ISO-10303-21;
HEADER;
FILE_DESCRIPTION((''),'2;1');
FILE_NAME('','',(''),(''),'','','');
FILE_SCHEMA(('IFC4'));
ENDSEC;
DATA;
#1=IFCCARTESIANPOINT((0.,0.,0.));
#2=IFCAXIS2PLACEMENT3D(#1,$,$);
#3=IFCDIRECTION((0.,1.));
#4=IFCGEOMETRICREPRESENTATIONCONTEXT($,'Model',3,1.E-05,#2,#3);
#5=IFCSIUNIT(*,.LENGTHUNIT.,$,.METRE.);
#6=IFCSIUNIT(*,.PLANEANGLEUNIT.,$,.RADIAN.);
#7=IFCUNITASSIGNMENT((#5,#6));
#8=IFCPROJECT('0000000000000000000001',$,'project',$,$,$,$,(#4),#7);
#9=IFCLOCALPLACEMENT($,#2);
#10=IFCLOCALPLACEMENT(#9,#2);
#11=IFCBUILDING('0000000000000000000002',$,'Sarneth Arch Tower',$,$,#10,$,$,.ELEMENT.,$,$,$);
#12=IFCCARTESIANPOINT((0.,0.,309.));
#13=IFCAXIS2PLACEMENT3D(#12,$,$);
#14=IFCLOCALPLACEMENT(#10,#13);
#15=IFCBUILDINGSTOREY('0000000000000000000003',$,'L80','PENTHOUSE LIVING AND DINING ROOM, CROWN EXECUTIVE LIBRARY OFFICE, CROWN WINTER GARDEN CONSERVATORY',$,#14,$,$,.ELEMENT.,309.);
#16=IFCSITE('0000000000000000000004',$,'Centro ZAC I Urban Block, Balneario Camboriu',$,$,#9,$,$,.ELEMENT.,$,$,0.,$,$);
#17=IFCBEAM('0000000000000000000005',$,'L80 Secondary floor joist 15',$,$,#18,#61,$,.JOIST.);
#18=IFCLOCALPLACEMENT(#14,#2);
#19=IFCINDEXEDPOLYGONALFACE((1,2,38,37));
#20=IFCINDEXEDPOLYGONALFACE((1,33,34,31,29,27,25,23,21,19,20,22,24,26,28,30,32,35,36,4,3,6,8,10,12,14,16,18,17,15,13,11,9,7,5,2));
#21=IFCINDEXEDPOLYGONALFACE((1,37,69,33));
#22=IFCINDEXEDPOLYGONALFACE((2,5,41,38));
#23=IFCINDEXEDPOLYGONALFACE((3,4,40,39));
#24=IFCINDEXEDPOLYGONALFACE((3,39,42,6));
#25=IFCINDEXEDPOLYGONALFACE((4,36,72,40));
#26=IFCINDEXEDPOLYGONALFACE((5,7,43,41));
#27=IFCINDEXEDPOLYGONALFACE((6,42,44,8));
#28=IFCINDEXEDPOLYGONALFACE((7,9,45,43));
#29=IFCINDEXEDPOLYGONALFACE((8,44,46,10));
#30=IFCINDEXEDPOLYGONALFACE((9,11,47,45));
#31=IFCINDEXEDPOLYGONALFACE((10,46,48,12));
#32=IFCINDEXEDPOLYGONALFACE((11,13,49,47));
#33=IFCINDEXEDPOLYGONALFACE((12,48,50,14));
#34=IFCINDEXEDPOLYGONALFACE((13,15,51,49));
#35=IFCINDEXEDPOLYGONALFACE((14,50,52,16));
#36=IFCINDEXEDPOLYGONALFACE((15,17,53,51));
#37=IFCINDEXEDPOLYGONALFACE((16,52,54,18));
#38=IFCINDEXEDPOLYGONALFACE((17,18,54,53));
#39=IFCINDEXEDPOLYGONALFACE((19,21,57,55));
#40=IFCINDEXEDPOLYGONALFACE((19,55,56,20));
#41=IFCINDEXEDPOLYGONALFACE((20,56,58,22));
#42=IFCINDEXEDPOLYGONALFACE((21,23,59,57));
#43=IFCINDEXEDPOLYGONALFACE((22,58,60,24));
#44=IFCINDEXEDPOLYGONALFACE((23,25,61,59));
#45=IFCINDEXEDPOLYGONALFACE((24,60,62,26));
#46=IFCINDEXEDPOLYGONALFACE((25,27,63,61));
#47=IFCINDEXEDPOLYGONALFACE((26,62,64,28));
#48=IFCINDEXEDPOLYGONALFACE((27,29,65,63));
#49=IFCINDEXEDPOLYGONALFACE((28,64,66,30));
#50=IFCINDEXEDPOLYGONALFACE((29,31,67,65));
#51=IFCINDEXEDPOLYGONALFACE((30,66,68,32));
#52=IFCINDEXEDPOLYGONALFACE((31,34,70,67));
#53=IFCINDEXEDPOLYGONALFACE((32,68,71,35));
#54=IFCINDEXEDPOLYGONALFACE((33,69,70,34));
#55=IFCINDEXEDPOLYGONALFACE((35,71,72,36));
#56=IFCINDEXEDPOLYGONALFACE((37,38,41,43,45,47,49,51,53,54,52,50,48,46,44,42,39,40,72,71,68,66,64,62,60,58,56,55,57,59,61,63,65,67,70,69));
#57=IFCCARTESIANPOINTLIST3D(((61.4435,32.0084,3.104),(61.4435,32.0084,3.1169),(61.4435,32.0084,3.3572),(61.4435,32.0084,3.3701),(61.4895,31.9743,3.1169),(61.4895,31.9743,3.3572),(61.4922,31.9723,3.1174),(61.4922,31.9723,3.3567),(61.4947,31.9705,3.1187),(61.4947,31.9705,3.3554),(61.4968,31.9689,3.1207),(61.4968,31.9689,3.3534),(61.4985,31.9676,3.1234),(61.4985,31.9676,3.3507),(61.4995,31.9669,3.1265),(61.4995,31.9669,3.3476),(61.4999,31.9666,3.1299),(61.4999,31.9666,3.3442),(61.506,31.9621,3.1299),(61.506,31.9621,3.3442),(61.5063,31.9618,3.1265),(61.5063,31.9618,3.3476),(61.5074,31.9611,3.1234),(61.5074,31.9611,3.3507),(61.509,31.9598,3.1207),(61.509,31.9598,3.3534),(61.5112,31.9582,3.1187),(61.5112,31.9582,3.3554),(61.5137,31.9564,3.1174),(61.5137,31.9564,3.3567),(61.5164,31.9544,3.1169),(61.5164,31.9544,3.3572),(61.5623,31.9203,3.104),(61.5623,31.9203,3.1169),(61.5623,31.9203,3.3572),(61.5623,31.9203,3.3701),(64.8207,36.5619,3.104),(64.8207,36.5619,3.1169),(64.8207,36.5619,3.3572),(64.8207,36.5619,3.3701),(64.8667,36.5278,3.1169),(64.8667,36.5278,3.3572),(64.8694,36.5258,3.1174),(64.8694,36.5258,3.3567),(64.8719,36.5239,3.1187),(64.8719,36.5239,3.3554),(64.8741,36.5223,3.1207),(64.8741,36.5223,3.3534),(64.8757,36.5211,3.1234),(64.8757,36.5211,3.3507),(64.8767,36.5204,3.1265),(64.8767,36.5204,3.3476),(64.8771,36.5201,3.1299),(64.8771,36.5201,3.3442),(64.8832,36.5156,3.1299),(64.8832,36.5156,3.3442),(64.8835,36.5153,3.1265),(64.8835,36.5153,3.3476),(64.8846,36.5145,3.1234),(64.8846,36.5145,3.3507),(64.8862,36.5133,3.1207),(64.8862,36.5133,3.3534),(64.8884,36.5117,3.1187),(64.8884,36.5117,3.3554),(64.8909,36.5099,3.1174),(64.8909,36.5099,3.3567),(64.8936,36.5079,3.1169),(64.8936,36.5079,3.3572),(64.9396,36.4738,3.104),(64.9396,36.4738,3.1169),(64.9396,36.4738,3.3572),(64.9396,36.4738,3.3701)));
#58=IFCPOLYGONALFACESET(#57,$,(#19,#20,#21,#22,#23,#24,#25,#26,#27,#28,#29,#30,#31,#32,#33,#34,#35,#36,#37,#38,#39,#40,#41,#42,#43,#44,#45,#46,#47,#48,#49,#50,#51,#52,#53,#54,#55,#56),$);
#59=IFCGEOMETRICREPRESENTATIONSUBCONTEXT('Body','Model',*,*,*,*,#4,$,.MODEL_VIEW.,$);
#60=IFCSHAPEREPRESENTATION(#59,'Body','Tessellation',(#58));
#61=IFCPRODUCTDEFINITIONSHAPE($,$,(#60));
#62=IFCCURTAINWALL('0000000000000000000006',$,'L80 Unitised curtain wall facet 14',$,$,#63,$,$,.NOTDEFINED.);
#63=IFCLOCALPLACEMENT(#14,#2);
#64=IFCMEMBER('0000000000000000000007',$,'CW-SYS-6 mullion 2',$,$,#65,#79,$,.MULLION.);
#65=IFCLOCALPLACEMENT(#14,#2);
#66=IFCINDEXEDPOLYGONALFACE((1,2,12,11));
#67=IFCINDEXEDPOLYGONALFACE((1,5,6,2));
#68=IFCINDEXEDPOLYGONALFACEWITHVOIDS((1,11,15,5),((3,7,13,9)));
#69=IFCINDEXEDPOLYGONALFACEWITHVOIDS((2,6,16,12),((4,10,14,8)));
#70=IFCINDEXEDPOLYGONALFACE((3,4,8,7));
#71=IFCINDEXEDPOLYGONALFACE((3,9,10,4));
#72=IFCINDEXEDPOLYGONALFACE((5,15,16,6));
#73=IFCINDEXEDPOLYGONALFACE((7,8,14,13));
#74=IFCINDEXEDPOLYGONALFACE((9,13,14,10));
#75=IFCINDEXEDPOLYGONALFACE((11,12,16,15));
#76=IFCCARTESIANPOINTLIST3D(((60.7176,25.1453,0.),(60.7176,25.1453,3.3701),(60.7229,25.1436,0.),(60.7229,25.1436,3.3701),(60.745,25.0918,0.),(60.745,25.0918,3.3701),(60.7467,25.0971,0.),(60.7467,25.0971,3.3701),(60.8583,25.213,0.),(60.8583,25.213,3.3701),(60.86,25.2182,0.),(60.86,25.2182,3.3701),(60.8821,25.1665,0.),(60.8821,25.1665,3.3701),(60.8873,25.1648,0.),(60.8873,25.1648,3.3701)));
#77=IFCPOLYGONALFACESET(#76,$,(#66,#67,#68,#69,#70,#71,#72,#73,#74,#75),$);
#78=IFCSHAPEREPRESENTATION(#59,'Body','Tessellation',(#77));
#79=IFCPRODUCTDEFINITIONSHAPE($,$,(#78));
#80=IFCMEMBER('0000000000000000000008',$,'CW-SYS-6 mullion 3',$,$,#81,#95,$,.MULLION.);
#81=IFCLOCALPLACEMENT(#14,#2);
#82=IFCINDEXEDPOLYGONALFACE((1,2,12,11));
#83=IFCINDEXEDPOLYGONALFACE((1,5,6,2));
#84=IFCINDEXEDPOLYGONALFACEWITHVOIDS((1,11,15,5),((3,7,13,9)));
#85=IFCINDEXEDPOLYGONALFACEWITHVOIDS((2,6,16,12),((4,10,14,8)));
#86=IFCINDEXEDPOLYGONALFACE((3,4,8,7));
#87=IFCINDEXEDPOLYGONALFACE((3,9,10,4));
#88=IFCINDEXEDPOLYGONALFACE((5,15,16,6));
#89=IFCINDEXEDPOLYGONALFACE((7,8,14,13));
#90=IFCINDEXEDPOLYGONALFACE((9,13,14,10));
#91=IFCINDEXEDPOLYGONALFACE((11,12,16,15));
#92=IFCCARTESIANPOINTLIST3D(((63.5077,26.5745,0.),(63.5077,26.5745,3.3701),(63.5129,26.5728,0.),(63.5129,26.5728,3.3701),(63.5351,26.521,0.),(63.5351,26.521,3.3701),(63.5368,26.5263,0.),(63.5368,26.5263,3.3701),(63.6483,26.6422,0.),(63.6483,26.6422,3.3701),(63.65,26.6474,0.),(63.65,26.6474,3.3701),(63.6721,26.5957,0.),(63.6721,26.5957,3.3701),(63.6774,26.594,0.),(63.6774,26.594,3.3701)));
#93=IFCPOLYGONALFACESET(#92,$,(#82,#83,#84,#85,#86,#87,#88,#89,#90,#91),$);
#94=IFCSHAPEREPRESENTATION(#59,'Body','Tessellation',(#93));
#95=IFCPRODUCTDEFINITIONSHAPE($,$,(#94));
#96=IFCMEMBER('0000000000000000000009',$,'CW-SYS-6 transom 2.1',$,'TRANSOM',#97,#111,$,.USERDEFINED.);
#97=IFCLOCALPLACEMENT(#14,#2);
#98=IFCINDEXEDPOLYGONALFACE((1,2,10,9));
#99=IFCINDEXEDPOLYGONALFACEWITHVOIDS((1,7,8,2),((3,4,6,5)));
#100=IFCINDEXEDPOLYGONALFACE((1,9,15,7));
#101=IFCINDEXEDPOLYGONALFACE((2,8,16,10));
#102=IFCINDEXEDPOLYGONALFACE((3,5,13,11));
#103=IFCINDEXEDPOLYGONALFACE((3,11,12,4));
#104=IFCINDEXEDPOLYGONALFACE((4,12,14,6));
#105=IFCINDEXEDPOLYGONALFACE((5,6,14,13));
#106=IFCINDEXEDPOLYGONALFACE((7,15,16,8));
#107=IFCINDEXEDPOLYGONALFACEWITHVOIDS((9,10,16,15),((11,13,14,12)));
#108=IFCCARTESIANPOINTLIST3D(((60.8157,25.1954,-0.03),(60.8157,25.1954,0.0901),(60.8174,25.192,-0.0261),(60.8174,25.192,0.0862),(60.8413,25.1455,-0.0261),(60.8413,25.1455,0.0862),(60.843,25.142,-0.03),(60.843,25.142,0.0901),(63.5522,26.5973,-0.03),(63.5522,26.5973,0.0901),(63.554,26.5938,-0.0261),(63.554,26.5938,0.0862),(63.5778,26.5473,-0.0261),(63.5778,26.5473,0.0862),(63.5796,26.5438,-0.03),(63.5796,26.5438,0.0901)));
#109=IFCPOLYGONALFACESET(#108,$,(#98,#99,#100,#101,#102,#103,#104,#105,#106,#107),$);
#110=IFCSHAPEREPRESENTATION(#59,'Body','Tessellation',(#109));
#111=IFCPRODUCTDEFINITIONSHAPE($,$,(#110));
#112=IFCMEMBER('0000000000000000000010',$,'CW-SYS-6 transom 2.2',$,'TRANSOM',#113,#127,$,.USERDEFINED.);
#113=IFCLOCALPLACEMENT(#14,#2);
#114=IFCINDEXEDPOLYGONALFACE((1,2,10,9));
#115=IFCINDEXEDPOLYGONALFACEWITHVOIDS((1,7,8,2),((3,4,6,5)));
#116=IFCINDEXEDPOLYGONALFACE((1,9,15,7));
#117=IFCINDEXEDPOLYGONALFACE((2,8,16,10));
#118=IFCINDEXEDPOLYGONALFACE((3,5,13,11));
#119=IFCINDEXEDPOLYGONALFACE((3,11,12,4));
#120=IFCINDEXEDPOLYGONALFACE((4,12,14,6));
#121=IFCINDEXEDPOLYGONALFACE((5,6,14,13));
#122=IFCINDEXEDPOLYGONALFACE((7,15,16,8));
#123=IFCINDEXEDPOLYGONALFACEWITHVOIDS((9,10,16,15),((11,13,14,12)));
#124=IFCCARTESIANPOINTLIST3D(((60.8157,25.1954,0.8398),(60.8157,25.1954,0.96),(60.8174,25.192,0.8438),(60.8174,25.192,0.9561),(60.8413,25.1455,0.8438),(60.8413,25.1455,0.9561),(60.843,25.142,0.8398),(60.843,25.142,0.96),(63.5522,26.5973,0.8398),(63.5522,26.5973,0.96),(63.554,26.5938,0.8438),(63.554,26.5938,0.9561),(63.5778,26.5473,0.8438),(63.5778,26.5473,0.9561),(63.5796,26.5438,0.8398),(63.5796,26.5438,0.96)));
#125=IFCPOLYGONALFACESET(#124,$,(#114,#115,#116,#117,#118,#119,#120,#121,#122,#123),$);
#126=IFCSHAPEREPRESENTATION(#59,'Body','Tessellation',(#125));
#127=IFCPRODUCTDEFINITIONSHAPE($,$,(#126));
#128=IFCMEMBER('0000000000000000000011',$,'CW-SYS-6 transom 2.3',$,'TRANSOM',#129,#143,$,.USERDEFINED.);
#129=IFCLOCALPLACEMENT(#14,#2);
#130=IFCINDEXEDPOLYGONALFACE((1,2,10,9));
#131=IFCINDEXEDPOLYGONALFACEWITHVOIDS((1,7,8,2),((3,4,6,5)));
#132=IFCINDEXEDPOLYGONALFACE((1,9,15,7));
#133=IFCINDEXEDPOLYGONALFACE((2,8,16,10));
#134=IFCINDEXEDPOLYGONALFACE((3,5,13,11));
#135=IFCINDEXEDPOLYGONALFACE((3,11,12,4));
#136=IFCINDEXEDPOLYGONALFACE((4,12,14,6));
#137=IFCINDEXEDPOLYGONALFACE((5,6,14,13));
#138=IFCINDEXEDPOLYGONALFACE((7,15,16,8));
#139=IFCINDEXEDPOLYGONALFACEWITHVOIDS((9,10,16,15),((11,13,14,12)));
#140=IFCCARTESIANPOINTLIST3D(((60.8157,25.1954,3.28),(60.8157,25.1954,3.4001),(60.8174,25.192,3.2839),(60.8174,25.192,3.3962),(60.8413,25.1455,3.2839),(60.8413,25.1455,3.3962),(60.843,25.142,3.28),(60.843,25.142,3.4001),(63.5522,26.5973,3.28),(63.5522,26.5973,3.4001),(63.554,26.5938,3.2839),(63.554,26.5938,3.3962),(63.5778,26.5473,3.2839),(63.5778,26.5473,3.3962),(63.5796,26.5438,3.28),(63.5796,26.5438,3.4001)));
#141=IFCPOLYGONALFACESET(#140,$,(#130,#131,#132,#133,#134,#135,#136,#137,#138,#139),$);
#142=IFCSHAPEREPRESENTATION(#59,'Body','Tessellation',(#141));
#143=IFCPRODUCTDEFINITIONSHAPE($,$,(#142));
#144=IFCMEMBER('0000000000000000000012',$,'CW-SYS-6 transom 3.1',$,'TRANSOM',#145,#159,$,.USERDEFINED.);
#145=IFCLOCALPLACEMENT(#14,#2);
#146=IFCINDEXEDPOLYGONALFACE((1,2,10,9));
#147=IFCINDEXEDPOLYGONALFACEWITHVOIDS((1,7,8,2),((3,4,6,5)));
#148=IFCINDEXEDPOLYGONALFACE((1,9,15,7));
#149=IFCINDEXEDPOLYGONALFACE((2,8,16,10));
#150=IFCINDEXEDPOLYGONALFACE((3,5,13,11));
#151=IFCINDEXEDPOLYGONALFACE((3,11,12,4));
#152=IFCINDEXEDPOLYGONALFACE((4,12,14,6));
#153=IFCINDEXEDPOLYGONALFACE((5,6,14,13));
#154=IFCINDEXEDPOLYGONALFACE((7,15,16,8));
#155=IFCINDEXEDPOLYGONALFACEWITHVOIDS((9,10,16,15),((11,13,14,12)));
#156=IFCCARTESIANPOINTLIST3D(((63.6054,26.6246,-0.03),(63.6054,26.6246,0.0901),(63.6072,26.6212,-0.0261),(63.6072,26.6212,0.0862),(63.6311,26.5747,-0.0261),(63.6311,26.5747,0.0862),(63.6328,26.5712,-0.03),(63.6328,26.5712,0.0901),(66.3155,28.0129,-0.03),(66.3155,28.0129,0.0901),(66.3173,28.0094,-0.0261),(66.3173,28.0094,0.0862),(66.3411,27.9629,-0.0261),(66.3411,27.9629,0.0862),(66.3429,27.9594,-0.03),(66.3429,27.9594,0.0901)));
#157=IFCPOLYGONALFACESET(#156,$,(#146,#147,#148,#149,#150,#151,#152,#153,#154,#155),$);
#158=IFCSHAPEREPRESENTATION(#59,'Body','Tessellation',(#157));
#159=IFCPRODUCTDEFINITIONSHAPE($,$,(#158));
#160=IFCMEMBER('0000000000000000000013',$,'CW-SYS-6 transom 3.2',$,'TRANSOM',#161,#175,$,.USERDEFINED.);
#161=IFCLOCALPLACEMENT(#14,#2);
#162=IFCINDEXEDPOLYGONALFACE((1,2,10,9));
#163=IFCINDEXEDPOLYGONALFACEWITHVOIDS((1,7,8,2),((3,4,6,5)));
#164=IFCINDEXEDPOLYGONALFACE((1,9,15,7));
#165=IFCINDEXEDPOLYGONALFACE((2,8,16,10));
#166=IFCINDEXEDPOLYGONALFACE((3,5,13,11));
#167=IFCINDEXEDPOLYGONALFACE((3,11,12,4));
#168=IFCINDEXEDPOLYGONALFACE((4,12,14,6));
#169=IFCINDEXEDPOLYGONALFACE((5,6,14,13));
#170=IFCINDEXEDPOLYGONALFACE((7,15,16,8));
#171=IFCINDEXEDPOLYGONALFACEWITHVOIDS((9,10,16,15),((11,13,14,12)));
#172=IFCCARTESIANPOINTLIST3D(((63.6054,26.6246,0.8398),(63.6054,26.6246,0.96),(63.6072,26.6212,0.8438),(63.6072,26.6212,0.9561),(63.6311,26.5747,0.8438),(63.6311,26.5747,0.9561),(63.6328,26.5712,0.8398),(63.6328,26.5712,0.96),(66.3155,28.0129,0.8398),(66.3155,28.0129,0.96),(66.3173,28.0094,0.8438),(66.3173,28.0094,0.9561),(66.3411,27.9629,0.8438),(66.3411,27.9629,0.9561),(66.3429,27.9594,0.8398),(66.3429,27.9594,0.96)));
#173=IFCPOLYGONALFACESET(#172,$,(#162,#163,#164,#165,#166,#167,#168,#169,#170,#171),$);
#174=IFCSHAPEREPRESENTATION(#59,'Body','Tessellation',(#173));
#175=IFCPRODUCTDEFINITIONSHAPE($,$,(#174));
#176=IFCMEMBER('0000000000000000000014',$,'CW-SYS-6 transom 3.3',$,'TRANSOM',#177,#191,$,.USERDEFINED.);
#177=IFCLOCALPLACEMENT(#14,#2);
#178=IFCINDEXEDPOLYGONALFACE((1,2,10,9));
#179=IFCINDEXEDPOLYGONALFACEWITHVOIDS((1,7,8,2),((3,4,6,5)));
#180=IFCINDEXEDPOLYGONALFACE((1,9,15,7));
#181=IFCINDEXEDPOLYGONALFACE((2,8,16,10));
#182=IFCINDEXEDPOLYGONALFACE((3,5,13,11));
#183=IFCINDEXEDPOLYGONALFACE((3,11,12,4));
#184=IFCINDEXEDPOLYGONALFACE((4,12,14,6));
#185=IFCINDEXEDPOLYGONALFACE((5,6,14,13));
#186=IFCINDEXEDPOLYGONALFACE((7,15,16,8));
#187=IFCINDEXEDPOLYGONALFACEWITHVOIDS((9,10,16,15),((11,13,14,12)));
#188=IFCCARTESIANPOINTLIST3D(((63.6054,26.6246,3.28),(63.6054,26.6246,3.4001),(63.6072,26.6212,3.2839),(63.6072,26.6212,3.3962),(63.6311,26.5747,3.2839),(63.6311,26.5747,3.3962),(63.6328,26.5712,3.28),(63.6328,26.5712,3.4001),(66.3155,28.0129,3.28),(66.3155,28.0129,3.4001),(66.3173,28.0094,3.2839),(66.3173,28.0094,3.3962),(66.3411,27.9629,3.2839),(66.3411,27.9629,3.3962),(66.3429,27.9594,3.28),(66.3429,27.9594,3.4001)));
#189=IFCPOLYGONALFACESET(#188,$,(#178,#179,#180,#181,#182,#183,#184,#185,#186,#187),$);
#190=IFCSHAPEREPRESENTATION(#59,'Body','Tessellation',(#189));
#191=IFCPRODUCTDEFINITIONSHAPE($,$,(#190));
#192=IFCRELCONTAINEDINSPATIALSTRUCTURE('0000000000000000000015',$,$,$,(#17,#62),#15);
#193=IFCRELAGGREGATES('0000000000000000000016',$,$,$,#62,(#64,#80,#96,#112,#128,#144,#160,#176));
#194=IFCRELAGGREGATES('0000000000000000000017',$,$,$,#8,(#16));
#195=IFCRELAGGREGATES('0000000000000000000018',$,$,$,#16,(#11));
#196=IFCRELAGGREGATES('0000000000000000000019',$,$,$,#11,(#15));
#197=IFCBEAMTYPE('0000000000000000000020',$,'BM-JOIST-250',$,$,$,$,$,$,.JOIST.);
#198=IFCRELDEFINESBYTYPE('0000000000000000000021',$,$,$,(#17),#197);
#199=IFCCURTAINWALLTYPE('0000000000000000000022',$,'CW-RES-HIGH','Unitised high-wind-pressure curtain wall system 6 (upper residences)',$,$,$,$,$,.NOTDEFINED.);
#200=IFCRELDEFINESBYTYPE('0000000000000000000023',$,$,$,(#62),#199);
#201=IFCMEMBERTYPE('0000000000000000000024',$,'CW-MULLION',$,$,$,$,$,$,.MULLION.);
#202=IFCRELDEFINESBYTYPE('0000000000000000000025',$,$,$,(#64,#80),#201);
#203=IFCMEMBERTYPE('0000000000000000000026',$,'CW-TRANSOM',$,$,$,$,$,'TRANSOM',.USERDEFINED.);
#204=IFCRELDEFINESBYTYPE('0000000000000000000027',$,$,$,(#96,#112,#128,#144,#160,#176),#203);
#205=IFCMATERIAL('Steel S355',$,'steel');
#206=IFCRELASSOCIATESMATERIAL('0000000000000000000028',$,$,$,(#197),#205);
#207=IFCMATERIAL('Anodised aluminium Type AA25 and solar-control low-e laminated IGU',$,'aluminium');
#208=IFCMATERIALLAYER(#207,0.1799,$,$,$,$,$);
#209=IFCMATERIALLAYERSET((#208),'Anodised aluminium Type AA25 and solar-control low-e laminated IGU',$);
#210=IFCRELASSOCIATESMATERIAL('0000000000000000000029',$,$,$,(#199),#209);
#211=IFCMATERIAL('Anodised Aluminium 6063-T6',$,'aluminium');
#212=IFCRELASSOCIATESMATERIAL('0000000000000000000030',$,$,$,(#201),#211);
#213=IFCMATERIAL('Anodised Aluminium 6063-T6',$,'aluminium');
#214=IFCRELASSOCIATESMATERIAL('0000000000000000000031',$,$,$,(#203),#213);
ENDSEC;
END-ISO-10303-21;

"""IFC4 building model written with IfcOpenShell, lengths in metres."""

from ifc_helpers import new_model, si_unit, direction, frame, origin, origin_2d, place, context, subcontext, project, spatial, hollow_rectangle, i_section, extrude, material, layer, layer_set, material_profile, profile_set, type_object, element, aggregate, save


model = new_model("IFC4")

# Units and contexts
model_context = context("Model", 3, precision=1e-05, world=origin(), true_north=direction((0.0, 1.0)))
body_context = subcontext(model_context, "Body", "Model", "MODEL_VIEW")
ifc_project = project(units=[si_unit("LENGTHUNIT", "METRE"), si_unit("PLANEANGLEUNIT", "RADIAN")], contexts=[model_context])

# Site, building, storey
site_placement = place(None, origin())
site = spatial("IfcSite", under=ifc_project, at=site_placement, Name="Centro ZAC I Urban Block, Balneario Camboriu", CompositionType="ELEMENT", RefElevation=0.0)
building_placement = place(site_placement, origin())
building = spatial("IfcBuilding", under=site, at=building_placement, Name="Sarneth Arch Tower", CompositionType="ELEMENT")
storey_placement = place(building_placement, frame((0.0, 0.0, 309.0)))
storey = spatial("IfcBuildingStorey", under=building, at=storey_placement, Name="L80", Description="PENTHOUSE LIVING AND DINING ROOM, CROWN EXECUTIVE LIBRARY OFFICE, CROWN WINTER GARDEN CONSERVATORY", CompositionType="ELEMENT", Elevation=309.0)

# Beam
ifc_material_1 = material(Name="Steel S355", Category="steel")
ifc_material_profile_1 = material_profile(ifc_material_1, i_section(OverallWidth=0.1479, OverallDepth=0.2661, WebThickness=0.0076, FlangeThickness=0.0129, FilletRadius=0.0129, at=origin_2d()), Name="W250x44.8")
ifc_profile_set_1 = profile_set([ifc_material_profile_1], Name="Steel S355")
beam_type = type_object("IfcBeamType", Name="BM-JOIST-250", PredefinedType="JOIST", material=ifc_profile_set_1)
beam_placement = place(storey_placement, frame((61.5029, 31.9644, 3.2371), z_axis=(0.595713, 0.803198, 0.0), x_axis=(-0.803198, 0.595713, 0.0)))
element("IfcBeam", 1, at=beam_placement, inside=storey, type_object=beam_type, Name="L80 Secondary floor joist 15", PredefinedType="JOIST", context=body_context, shape_type="SweptSolid", body=[
    extrude(i_section(OverallWidth=0.1479, OverallDepth=0.2661, WebThickness=0.0076, FlangeThickness=0.0129, FilletRadius=0.0129, at=origin_2d()), origin(), (0.0, 0.0, 1.0), 5.6692),
])

# Curtain wall, members
ifc_material_2 = material(Name="Anodised aluminium Type AA25 and solar-control low-e laminated IGU", Category="aluminium")
ifc_layer_1 = layer(ifc_material_2, 0.1799)
ifc_layer_set_1 = layer_set([ifc_layer_1], Name="Anodised aluminium Type AA25 and solar-control low-e laminated IGU")
curtain_wall_type = type_object("IfcCurtainWallType", Name="CW-RES-HIGH", Description="Unitised high-wind-pressure curtain wall system 6 (upper residences)", PredefinedType="NOTDEFINED", material=ifc_layer_set_1)
curtain_wall_placement = place(storey_placement, origin())
curtain_wall = element("IfcCurtainWall", 2, at=curtain_wall_placement, inside=storey, type_object=curtain_wall_type, Name="L80 Unitised curtain wall facet 14", PredefinedType="NOTDEFINED")
ifc_material_3 = material(Name="Anodised Aluminium 6063-T6", Category="aluminium")
ifc_material_profile_2 = material_profile(ifc_material_3, hollow_rectangle(XDim=0.0601, YDim=0.1599, WallThickness=0.0039, at=origin_2d()), Name="AL-MULL-160x60x4")
ifc_profile_set_2 = profile_set([ifc_material_profile_2], Name="Anodised Aluminium 6063-T6")
member_type_1 = type_object("IfcMemberType", Name="CW-MULLION", PredefinedType="MULLION", material=ifc_profile_set_2)
member_1_placement = place(storey_placement, frame((60.8025, 25.155, 0.0), z_axis=(0.0, 0.0, 1.0), x_axis=(-0.455942, 0.89001, 0.0)))
member_1 = element("IfcMember", 3, at=member_1_placement, type_object=member_type_1, Name="CW-SYS-6 mullion 2", PredefinedType="MULLION", context=body_context, shape_type="SweptSolid", body=[
    extrude(hollow_rectangle(XDim=0.0601, YDim=0.1599, WallThickness=0.0039, at=origin_2d()), origin(), (0.0, 0.0, 1.0), 3.3701),
])
member_2_placement = place(storey_placement, frame((63.5925, 26.5842, 0.0), z_axis=(0.0, 0.0, 1.0), x_axis=(-0.455942, 0.89001, 0.0)))
member_2 = element("IfcMember", 4, at=member_2_placement, type_object=member_type_1, Name="CW-SYS-6 mullion 3", PredefinedType="MULLION", context=body_context, shape_type="SweptSolid", body=[
    extrude(hollow_rectangle(XDim=0.0601, YDim=0.1599, WallThickness=0.0039, at=origin_2d()), origin(), (0.0, 0.0, 1.0), 3.3701),
])
ifc_material_4 = material(Name="Anodised Aluminium 6063-T6", Category="aluminium")
ifc_material_profile_3 = material_profile(ifc_material_4, hollow_rectangle(XDim=0.0601, YDim=0.1201, WallThickness=0.0039, at=origin_2d()), Name="AL-TRAN-120x60x4")
ifc_profile_set_3 = profile_set([ifc_material_profile_3], Name="Anodised Aluminium 6063-T6")
member_type_2 = type_object("IfcMemberType", Name="CW-TRANSOM", ElementType="TRANSOM", PredefinedType="USERDEFINED", material=ifc_profile_set_3)
member_3_placement = place(storey_placement, frame((60.8293, 25.1687, 0.03), z_axis=(0.890017, 0.455926, 0.0), x_axis=(-0.455926, 0.890017, 0.0)))
member_3 = element("IfcMember", 5, at=member_3_placement, type_object=member_type_2, Name="CW-SYS-6 transom 2.1", ObjectType="TRANSOM", PredefinedType="USERDEFINED", context=body_context, shape_type="SweptSolid", body=[
    extrude(hollow_rectangle(XDim=0.0601, YDim=0.1201, WallThickness=0.0039, at=origin_2d()), origin(), (0.0, 0.0, 1.0), 3.0747),
])
member_4_placement = place(storey_placement, frame((60.8293, 25.1687, 0.8999), z_axis=(0.890017, 0.455926, 0.0), x_axis=(-0.455926, 0.890017, 0.0)))
member_4 = element("IfcMember", 6, at=member_4_placement, type_object=member_type_2, Name="CW-SYS-6 transom 2.2", ObjectType="TRANSOM", PredefinedType="USERDEFINED", context=body_context, shape_type="SweptSolid", body=[
    extrude(hollow_rectangle(XDim=0.0601, YDim=0.1201, WallThickness=0.0039, at=origin_2d()), origin(), (0.0, 0.0, 1.0), 3.0747),
])
member_5_placement = place(storey_placement, frame((60.8293, 25.1687, 3.3401), z_axis=(0.890017, 0.455926, 0.0), x_axis=(-0.455926, 0.890017, 0.0)))
member_5 = element("IfcMember", 7, at=member_5_placement, type_object=member_type_2, Name="CW-SYS-6 transom 2.3", ObjectType="TRANSOM", PredefinedType="USERDEFINED", context=body_context, shape_type="SweptSolid", body=[
    extrude(hollow_rectangle(XDim=0.0601, YDim=0.1201, WallThickness=0.0039, at=origin_2d()), origin(), (0.0, 0.0, 1.0), 3.0747),
])
member_6_placement = place(storey_placement, frame((63.6191, 26.5979, 0.03), z_axis=(0.890023, 0.455916, 0.0), x_axis=(-0.455916, 0.890023, 0.0)))
member_6 = element("IfcMember", 8, at=member_6_placement, type_object=member_type_2, Name="CW-SYS-6 transom 3.1", ObjectType="TRANSOM", PredefinedType="USERDEFINED", context=body_context, shape_type="SweptSolid", body=[
    extrude(hollow_rectangle(XDim=0.0601, YDim=0.1201, WallThickness=0.0039, at=origin_2d()), origin(), (0.0, 0.0, 1.0), 3.0449),
])
member_7_placement = place(storey_placement, frame((63.6191, 26.5979, 0.8999), z_axis=(0.890023, 0.455916, 0.0), x_axis=(-0.455916, 0.890023, 0.0)))
member_7 = element("IfcMember", 9, at=member_7_placement, type_object=member_type_2, Name="CW-SYS-6 transom 3.2", ObjectType="TRANSOM", PredefinedType="USERDEFINED", context=body_context, shape_type="SweptSolid", body=[
    extrude(hollow_rectangle(XDim=0.0601, YDim=0.1201, WallThickness=0.0039, at=origin_2d()), origin(), (0.0, 0.0, 1.0), 3.0449),
])
member_8_placement = place(storey_placement, frame((63.6191, 26.5979, 3.3401), z_axis=(0.890023, 0.455916, 0.0), x_axis=(-0.455916, 0.890023, 0.0)))
member_8 = element("IfcMember", 10, at=member_8_placement, type_object=member_type_2, Name="CW-SYS-6 transom 3.3", ObjectType="TRANSOM", PredefinedType="USERDEFINED", context=body_context, shape_type="SweptSolid", body=[
    extrude(hollow_rectangle(XDim=0.0601, YDim=0.1201, WallThickness=0.0039, at=origin_2d()), origin(), (0.0, 0.0, 1.0), 3.0449),
])
aggregate(curtain_wall, [member_1, member_2, member_3, member_4, member_5, member_6, member_7, member_8])

save(model, "model.ifc")
